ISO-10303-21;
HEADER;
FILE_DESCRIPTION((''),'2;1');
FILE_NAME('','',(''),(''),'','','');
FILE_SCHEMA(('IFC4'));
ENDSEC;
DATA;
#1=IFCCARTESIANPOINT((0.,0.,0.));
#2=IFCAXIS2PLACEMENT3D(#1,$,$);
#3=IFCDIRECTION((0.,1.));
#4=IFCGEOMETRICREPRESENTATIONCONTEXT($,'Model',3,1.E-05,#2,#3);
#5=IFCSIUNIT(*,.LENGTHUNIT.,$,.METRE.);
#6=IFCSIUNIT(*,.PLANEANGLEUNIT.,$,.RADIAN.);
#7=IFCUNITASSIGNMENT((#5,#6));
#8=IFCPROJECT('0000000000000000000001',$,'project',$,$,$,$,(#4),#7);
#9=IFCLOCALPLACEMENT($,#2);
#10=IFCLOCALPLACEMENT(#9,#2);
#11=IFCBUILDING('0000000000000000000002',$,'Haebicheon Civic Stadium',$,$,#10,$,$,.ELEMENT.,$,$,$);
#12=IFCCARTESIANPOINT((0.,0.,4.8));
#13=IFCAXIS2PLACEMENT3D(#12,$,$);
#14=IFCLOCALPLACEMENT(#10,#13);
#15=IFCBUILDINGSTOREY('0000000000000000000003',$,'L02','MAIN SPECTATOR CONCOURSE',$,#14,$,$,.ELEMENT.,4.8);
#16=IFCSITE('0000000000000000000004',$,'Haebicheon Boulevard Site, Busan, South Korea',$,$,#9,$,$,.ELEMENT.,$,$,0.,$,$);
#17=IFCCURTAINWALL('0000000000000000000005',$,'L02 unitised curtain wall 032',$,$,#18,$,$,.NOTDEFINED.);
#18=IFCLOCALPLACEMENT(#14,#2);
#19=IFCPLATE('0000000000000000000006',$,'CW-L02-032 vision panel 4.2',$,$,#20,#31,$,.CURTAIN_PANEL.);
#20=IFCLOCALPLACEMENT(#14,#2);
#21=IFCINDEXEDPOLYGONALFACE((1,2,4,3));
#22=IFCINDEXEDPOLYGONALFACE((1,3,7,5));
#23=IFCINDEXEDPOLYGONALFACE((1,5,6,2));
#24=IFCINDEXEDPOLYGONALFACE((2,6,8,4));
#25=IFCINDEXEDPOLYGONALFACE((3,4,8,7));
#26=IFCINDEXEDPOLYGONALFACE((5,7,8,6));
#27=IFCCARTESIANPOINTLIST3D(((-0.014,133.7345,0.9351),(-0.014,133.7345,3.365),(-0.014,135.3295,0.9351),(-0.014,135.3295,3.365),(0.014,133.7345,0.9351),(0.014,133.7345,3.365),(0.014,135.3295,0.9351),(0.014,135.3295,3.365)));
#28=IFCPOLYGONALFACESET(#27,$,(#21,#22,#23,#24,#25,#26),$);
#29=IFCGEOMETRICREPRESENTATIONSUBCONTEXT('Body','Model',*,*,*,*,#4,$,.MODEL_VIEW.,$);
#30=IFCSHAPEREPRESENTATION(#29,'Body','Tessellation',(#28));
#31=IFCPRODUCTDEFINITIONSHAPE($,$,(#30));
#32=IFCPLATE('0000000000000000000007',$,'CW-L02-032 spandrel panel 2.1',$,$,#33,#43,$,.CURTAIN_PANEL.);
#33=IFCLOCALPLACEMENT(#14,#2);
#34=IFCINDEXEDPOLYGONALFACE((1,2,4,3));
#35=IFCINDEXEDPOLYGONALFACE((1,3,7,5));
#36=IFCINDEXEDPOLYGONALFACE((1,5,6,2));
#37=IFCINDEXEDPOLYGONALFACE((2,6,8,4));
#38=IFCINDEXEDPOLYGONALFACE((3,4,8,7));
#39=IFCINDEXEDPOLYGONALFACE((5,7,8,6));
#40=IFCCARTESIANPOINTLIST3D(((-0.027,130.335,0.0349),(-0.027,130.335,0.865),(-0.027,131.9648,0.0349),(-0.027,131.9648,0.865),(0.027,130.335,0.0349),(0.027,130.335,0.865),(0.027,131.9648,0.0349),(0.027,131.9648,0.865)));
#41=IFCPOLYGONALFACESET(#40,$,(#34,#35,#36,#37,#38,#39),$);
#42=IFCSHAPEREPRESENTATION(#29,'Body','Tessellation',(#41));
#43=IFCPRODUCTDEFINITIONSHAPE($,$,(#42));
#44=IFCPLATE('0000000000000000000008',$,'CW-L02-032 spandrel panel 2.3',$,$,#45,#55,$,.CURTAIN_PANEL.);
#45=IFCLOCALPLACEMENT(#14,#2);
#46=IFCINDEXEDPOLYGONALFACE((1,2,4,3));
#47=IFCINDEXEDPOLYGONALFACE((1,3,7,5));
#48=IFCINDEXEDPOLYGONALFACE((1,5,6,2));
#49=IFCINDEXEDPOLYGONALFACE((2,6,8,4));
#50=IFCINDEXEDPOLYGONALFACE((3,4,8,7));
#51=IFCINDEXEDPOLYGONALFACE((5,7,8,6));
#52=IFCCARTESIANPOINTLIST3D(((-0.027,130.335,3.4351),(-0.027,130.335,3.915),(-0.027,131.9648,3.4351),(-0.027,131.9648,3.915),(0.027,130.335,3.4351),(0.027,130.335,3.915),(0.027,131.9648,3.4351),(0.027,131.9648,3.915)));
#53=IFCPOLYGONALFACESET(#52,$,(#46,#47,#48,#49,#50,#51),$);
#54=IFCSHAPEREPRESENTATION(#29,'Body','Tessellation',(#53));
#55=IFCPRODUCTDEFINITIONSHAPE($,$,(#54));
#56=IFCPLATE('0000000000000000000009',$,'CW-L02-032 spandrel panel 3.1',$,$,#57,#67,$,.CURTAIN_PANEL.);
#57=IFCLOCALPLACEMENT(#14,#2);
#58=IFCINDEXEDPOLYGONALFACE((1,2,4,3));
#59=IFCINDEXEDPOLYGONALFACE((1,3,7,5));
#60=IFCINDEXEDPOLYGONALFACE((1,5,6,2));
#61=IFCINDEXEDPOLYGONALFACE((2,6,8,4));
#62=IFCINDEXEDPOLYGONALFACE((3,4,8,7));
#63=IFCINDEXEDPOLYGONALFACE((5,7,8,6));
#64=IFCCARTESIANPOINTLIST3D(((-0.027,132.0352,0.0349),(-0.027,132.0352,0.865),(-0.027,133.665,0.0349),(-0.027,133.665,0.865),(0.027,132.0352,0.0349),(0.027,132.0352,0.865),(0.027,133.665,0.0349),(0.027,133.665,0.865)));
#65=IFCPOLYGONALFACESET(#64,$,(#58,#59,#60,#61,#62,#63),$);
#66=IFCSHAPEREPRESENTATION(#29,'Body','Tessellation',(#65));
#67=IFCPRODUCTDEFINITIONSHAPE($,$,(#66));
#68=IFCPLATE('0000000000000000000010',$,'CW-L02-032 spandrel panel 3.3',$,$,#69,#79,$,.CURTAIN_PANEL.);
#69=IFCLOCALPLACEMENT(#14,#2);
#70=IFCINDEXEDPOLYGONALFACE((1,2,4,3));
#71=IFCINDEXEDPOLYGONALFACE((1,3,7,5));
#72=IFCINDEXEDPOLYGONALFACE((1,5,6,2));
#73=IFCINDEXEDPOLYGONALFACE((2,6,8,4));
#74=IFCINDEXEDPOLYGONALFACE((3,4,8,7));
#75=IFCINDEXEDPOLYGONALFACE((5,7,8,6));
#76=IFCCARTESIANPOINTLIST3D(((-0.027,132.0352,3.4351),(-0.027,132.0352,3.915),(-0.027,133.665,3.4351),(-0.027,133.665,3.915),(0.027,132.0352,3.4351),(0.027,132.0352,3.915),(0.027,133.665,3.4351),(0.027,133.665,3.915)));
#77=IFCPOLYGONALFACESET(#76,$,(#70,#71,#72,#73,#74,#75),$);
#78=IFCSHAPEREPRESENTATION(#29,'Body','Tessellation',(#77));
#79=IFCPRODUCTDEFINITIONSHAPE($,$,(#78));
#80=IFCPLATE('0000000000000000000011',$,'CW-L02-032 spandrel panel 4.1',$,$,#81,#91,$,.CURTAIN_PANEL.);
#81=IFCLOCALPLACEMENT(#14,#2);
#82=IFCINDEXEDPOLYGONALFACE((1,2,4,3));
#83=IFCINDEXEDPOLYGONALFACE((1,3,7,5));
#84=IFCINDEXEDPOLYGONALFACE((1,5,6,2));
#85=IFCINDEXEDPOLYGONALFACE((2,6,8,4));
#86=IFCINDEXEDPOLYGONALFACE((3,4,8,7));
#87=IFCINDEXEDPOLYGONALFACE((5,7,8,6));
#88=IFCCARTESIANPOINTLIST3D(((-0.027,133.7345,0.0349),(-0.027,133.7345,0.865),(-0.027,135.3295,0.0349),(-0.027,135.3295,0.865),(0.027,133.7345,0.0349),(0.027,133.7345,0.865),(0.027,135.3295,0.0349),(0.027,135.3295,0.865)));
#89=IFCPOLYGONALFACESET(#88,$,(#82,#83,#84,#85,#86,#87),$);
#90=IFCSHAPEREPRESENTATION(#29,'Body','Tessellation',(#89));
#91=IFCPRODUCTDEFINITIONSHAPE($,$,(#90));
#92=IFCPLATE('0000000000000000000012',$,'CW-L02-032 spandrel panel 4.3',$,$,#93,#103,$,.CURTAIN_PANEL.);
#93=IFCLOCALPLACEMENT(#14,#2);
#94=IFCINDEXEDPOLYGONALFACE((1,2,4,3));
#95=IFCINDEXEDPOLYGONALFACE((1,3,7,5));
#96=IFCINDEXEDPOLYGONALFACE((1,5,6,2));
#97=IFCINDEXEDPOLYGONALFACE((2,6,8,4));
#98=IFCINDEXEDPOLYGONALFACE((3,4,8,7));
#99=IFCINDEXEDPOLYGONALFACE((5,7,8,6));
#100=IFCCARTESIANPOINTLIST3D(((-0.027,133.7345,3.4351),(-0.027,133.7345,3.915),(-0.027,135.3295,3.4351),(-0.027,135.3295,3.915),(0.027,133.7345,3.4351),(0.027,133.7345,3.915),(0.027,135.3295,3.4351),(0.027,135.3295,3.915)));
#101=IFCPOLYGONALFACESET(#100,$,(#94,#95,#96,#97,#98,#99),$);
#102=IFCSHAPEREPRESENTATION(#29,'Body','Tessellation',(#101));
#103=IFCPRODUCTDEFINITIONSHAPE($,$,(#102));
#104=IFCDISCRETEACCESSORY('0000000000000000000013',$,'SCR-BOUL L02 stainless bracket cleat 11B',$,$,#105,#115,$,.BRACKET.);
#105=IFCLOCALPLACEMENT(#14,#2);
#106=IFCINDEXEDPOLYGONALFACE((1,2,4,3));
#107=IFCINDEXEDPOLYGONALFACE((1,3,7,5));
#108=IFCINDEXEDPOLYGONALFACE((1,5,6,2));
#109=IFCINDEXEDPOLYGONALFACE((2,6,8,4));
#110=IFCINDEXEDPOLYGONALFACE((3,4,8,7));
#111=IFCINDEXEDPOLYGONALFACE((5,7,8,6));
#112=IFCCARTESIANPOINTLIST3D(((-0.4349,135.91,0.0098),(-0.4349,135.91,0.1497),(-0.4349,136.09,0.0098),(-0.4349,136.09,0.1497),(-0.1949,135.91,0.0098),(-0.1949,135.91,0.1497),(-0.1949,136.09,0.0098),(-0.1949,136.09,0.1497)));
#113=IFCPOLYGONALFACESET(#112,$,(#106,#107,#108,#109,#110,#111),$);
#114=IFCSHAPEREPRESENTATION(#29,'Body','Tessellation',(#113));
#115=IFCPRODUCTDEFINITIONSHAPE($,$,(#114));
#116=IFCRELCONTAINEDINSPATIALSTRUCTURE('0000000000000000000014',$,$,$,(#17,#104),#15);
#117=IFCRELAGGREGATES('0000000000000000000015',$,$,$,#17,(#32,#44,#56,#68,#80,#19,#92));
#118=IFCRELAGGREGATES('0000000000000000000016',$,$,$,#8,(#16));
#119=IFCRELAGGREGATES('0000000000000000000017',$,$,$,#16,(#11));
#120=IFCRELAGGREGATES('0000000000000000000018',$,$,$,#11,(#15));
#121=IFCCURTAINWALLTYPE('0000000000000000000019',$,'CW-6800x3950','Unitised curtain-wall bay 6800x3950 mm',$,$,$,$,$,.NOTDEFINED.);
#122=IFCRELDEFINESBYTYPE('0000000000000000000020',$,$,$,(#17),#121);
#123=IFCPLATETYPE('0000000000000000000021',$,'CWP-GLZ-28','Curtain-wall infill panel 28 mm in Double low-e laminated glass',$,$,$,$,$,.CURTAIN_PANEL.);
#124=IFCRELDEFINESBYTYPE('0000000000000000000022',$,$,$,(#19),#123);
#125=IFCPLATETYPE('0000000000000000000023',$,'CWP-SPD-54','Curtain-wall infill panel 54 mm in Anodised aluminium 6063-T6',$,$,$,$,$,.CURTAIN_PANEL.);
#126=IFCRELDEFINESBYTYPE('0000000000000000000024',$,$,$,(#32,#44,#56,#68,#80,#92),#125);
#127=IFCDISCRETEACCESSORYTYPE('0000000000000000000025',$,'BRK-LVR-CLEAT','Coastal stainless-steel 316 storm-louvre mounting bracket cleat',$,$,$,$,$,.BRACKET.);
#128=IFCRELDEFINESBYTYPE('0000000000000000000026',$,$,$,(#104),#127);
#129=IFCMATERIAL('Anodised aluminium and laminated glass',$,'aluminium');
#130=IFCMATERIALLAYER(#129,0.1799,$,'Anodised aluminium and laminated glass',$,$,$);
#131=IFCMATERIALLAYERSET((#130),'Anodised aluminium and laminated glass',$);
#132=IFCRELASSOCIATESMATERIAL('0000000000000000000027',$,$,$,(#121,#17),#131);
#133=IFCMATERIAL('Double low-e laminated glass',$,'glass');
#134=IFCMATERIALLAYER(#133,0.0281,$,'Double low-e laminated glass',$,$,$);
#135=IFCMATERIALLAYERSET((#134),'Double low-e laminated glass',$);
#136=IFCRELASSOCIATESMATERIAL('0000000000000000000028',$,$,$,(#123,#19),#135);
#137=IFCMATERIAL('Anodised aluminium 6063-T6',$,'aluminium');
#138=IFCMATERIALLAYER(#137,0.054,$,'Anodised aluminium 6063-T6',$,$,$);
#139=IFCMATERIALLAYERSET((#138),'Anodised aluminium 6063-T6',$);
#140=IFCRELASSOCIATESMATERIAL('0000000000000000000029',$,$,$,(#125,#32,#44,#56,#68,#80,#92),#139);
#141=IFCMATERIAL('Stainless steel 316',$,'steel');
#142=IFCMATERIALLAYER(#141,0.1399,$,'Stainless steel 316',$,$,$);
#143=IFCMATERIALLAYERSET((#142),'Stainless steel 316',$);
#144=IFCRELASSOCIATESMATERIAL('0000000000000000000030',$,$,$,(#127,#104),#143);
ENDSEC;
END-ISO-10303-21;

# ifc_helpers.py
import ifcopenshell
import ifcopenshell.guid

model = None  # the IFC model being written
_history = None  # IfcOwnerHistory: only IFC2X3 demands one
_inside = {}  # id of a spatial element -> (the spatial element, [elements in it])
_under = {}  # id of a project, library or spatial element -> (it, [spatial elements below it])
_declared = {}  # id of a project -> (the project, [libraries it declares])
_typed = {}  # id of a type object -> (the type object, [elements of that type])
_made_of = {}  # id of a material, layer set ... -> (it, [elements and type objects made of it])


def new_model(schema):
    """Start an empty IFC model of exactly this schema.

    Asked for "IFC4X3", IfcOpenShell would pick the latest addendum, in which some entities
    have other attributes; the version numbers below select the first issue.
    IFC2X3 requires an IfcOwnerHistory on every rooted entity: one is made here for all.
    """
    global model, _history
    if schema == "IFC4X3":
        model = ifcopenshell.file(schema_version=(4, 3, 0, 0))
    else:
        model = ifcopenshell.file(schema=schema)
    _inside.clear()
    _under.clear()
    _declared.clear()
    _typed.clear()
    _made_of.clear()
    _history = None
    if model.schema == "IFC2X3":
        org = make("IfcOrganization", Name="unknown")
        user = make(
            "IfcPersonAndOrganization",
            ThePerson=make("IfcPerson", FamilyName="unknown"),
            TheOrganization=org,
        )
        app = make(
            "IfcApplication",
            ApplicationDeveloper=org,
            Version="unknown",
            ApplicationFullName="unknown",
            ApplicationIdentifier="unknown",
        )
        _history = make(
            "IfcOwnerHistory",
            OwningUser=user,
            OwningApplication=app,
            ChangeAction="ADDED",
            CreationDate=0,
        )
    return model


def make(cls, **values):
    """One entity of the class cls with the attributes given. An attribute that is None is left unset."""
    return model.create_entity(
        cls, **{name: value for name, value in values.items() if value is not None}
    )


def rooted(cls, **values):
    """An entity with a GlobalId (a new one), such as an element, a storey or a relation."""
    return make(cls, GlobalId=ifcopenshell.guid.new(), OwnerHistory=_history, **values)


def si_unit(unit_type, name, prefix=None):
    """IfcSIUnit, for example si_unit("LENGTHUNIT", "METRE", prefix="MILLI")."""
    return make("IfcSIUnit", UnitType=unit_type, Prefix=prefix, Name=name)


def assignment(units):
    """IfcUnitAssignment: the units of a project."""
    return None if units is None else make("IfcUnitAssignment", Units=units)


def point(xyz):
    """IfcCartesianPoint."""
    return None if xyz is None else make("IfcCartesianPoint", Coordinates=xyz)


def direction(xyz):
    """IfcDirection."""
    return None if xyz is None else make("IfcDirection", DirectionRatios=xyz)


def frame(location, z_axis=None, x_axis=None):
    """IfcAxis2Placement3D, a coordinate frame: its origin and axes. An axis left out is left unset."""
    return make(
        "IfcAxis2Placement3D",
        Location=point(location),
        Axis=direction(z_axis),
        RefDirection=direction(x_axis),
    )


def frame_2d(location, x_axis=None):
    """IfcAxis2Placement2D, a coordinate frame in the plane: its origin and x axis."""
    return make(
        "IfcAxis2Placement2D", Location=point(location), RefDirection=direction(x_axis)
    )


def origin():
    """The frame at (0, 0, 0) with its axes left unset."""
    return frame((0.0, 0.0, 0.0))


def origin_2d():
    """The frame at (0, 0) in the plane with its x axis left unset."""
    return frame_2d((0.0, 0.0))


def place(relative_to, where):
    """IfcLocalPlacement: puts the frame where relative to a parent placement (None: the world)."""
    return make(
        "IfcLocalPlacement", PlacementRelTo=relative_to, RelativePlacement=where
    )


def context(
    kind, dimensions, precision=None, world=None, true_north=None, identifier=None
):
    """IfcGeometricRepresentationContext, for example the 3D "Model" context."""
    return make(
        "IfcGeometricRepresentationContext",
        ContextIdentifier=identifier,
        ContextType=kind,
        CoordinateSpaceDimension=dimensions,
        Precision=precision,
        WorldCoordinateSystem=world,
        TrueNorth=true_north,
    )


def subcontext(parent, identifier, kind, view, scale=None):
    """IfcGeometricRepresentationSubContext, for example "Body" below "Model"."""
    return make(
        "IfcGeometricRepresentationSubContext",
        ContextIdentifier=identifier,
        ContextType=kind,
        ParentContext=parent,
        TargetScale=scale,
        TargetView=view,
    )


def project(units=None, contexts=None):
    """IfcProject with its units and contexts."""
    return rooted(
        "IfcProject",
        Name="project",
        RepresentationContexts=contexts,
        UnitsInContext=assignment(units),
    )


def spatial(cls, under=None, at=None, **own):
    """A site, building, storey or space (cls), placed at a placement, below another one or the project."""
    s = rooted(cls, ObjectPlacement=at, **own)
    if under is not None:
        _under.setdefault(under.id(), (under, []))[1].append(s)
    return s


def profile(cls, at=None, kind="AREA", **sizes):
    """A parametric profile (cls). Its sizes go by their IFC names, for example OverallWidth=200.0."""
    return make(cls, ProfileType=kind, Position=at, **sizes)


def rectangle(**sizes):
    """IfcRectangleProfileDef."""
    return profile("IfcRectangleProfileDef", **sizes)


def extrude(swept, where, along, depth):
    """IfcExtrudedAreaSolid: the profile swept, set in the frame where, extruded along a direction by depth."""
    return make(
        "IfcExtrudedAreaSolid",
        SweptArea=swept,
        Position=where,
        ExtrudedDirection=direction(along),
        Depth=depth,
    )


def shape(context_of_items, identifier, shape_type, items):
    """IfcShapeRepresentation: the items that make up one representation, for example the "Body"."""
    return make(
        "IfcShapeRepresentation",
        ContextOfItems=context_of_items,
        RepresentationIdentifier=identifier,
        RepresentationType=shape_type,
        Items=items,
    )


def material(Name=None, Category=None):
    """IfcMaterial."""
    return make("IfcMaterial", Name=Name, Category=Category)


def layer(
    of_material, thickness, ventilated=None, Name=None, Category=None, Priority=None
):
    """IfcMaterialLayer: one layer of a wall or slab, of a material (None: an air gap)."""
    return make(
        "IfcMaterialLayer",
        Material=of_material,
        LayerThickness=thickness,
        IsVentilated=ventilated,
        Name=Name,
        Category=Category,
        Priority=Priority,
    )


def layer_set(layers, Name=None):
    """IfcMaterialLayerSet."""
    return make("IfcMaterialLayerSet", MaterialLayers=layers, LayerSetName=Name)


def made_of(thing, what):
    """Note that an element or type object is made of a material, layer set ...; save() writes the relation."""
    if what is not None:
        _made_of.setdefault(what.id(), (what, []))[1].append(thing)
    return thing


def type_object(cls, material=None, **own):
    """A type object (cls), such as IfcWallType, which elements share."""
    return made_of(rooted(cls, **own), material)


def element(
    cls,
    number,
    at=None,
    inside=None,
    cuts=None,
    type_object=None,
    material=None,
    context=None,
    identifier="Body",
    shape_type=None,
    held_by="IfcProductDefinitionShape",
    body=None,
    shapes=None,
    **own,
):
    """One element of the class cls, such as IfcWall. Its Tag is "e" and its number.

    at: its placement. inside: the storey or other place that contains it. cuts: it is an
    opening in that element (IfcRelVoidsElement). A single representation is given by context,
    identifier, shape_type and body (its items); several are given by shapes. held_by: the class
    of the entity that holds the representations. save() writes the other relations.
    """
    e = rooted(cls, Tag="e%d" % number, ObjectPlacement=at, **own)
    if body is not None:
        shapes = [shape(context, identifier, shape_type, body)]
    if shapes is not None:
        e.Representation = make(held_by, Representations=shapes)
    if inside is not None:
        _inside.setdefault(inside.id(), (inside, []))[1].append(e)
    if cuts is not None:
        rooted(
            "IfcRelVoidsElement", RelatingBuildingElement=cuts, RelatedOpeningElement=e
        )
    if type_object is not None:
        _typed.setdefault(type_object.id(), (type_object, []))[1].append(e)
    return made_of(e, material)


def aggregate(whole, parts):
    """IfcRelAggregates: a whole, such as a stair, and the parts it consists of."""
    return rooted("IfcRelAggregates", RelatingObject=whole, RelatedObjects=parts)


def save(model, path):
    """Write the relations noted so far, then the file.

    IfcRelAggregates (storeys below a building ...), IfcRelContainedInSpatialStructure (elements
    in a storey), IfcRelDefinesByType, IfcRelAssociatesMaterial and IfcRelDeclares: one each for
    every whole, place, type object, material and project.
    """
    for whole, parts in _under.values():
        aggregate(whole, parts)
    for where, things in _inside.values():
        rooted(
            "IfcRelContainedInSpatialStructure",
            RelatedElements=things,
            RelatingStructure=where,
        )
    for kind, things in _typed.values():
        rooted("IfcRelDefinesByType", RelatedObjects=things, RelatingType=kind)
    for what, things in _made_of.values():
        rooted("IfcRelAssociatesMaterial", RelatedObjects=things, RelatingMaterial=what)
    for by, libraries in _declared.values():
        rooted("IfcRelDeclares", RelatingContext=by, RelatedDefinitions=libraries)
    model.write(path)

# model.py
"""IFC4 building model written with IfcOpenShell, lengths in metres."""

from ifc_helpers import new_model, si_unit, direction, frame, origin, origin_2d, place, context, subcontext, project, spatial, rectangle, extrude, material, layer, layer_set, type_object, element, aggregate, save


model = new_model("IFC4")

# Units and contexts
model_context = context("Model", 3, precision=1e-05, world=origin(), true_north=direction((0.0, 1.0)))
body_context = subcontext(model_context, "Body", "Model", "MODEL_VIEW")
ifc_project = project(units=[si_unit("LENGTHUNIT", "METRE"), si_unit("PLANEANGLEUNIT", "RADIAN")], contexts=[model_context])

# Site, building, storey
site_placement = place(None, origin())
site = spatial("IfcSite", under=ifc_project, at=site_placement, Name="Haebicheon Boulevard Site, Busan, South Korea", CompositionType="ELEMENT", RefElevation=0.0)
building_placement = place(site_placement, origin())
building = spatial("IfcBuilding", under=site, at=building_placement, Name="Haebicheon Civic Stadium", CompositionType="ELEMENT")
storey_placement = place(building_placement, frame((0.0, 0.0, 4.8)))
storey = spatial("IfcBuildingStorey", under=building, at=storey_placement, Name="L02", Description="MAIN SPECTATOR CONCOURSE", CompositionType="ELEMENT", Elevation=4.8)

# Curtain wall
ifc_material_1 = material(Name="Anodised aluminium and laminated glass", Category="aluminium")
ifc_layer_1 = layer(ifc_material_1, 0.1799, Name="Anodised aluminium and laminated glass")
ifc_layer_set_1 = layer_set([ifc_layer_1], Name="Anodised aluminium and laminated glass")
curtain_wall_type = type_object("IfcCurtainWallType", Name="CW-6800x3950", Description="Unitised curtain-wall bay 6800x3950 mm", PredefinedType="NOTDEFINED", material=ifc_layer_set_1)
curtain_wall_placement = place(storey_placement, origin())
curtain_wall = element("IfcCurtainWall", 1, at=curtain_wall_placement, inside=storey, type_object=curtain_wall_type, material=ifc_layer_set_1, Name="L02 unitised curtain wall 032", PredefinedType="NOTDEFINED")

# Plates
ifc_material_2 = material(Name="Double low-e laminated glass", Category="glass")
ifc_layer_2 = layer(ifc_material_2, 0.0281, Name="Double low-e laminated glass")
ifc_layer_set_2 = layer_set([ifc_layer_2], Name="Double low-e laminated glass")
plate_type_1 = type_object("IfcPlateType", Name="CWP-GLZ-28", Description="Curtain-wall infill panel 28 mm in Double low-e laminated glass", PredefinedType="CURTAIN_PANEL", material=ifc_layer_set_2)
plate_1_placement = place(storey_placement, frame((0.0, 134.532, 0.9351), z_axis=(0.0, 0.0, 1.0), x_axis=(0.0, 1.0, 0.0)))
plate_1 = element("IfcPlate", 2, at=plate_1_placement, type_object=plate_type_1, material=ifc_layer_set_2, Name="CW-L02-032 vision panel 4.2", PredefinedType="CURTAIN_PANEL", context=body_context, shape_type="SweptSolid", body=[
    extrude(rectangle(XDim=1.595, YDim=0.0281, at=origin_2d()), origin(), (0.0, 0.0, 1.0), 2.4299),
])
ifc_material_3 = material(Name="Anodised aluminium 6063-T6", Category="aluminium")
ifc_layer_3 = layer(ifc_material_3, 0.054, Name="Anodised aluminium 6063-T6")
ifc_layer_set_3 = layer_set([ifc_layer_3], Name="Anodised aluminium 6063-T6")
plate_type_2 = type_object("IfcPlateType", Name="CWP-SPD-54", Description="Curtain-wall infill panel 54 mm in Anodised aluminium 6063-T6", PredefinedType="CURTAIN_PANEL", material=ifc_layer_set_3)
plate_2_placement = place(storey_placement, frame((0.0, 131.1499, 0.0349), z_axis=(0.0, 0.0, 1.0), x_axis=(0.0, 1.0, 0.0)))
plate_2 = element("IfcPlate", 3, at=plate_2_placement, type_object=plate_type_2, material=ifc_layer_set_3, Name="CW-L02-032 spandrel panel 2.1", PredefinedType="CURTAIN_PANEL", context=body_context, shape_type="SweptSolid", body=[
    extrude(rectangle(XDim=1.6299, YDim=0.054, at=origin_2d()), origin(), (0.0, 0.0, 1.0), 0.8301),
])
plate_3_placement = place(storey_placement, frame((0.0, 131.1499, 3.4351), z_axis=(0.0, 0.0, 1.0), x_axis=(0.0, 1.0, 0.0)))
plate_3 = element("IfcPlate", 4, at=plate_3_placement, type_object=plate_type_2, material=ifc_layer_set_3, Name="CW-L02-032 spandrel panel 2.3", PredefinedType="CURTAIN_PANEL", context=body_context, shape_type="SweptSolid", body=[
    extrude(rectangle(XDim=1.6299, YDim=0.054, at=origin_2d()), origin(), (0.0, 0.0, 1.0), 0.48),
])
plate_4_placement = place(storey_placement, frame((0.0, 132.8501, 0.0349), z_axis=(0.0, 0.0, 1.0), x_axis=(0.0, 1.0, 0.0)))
plate_4 = element("IfcPlate", 5, at=plate_4_placement, type_object=plate_type_2, material=ifc_layer_set_3, Name="CW-L02-032 spandrel panel 3.1", PredefinedType="CURTAIN_PANEL", context=body_context, shape_type="SweptSolid", body=[
    extrude(rectangle(XDim=1.6299, YDim=0.054, at=origin_2d()), origin(), (0.0, 0.0, 1.0), 0.8301),
])
plate_5_placement = place(storey_placement, frame((0.0, 132.8501, 3.4351), z_axis=(0.0, 0.0, 1.0), x_axis=(0.0, 1.0, 0.0)))
plate_5 = element("IfcPlate", 6, at=plate_5_placement, type_object=plate_type_2, material=ifc_layer_set_3, Name="CW-L02-032 spandrel panel 3.3", PredefinedType="CURTAIN_PANEL", context=body_context, shape_type="SweptSolid", body=[
    extrude(rectangle(XDim=1.6299, YDim=0.054, at=origin_2d()), origin(), (0.0, 0.0, 1.0), 0.48),
])
plate_6_placement = place(storey_placement, frame((0.0, 134.532, 0.0349), z_axis=(0.0, 0.0, 1.0), x_axis=(0.0, 1.0, 0.0)))
plate_6 = element("IfcPlate", 7, at=plate_6_placement, type_object=plate_type_2, material=ifc_layer_set_3, Name="CW-L02-032 spandrel panel 4.1", PredefinedType="CURTAIN_PANEL", context=body_context, shape_type="SweptSolid", body=[
    extrude(rectangle(XDim=1.595, YDim=0.054, at=origin_2d()), origin(), (0.0, 0.0, 1.0), 0.8301),
])
plate_7_placement = place(storey_placement, frame((0.0, 134.532, 3.4351), z_axis=(0.0, 0.0, 1.0), x_axis=(0.0, 1.0, 0.0)))
plate_7 = element("IfcPlate", 8, at=plate_7_placement, type_object=plate_type_2, material=ifc_layer_set_3, Name="CW-L02-032 spandrel panel 4.3", PredefinedType="CURTAIN_PANEL", context=body_context, shape_type="SweptSolid", body=[
    extrude(rectangle(XDim=1.595, YDim=0.054, at=origin_2d()), origin(), (0.0, 0.0, 1.0), 0.48),
])
aggregate(curtain_wall, [plate_2, plate_3, plate_4, plate_5, plate_6, plate_1, plate_7])

# Discrete accessory
ifc_material_4 = material(Name="Stainless steel 316", Category="steel")
ifc_layer_4 = layer(ifc_material_4, 0.1399, Name="Stainless steel 316")
ifc_layer_set_4 = layer_set([ifc_layer_4], Name="Stainless steel 316")
discrete_accessory_type = type_object("IfcDiscreteAccessoryType", Name="BRK-LVR-CLEAT", Description="Coastal stainless-steel 316 storm-louvre mounting bracket cleat", PredefinedType="BRACKET", material=ifc_layer_set_4)
discrete_accessory_placement = place(storey_placement, frame((-0.3149, 136.0, 0.0098), z_axis=(0.0, 0.0, 1.0), x_axis=(1.0, 0.0, 0.0)))
element("IfcDiscreteAccessory", 9, at=discrete_accessory_placement, inside=storey, type_object=discrete_accessory_type, material=ifc_layer_set_4, Name="SCR-BOUL L02 stainless bracket cleat 11B", PredefinedType="BRACKET", context=body_context, shape_type="SweptSolid", body=[
    extrude(rectangle(XDim=0.24, YDim=0.1799, at=origin_2d()), origin(), (0.0, 0.0, 1.0), 0.1399),
])

save(model, "model.ifc")
